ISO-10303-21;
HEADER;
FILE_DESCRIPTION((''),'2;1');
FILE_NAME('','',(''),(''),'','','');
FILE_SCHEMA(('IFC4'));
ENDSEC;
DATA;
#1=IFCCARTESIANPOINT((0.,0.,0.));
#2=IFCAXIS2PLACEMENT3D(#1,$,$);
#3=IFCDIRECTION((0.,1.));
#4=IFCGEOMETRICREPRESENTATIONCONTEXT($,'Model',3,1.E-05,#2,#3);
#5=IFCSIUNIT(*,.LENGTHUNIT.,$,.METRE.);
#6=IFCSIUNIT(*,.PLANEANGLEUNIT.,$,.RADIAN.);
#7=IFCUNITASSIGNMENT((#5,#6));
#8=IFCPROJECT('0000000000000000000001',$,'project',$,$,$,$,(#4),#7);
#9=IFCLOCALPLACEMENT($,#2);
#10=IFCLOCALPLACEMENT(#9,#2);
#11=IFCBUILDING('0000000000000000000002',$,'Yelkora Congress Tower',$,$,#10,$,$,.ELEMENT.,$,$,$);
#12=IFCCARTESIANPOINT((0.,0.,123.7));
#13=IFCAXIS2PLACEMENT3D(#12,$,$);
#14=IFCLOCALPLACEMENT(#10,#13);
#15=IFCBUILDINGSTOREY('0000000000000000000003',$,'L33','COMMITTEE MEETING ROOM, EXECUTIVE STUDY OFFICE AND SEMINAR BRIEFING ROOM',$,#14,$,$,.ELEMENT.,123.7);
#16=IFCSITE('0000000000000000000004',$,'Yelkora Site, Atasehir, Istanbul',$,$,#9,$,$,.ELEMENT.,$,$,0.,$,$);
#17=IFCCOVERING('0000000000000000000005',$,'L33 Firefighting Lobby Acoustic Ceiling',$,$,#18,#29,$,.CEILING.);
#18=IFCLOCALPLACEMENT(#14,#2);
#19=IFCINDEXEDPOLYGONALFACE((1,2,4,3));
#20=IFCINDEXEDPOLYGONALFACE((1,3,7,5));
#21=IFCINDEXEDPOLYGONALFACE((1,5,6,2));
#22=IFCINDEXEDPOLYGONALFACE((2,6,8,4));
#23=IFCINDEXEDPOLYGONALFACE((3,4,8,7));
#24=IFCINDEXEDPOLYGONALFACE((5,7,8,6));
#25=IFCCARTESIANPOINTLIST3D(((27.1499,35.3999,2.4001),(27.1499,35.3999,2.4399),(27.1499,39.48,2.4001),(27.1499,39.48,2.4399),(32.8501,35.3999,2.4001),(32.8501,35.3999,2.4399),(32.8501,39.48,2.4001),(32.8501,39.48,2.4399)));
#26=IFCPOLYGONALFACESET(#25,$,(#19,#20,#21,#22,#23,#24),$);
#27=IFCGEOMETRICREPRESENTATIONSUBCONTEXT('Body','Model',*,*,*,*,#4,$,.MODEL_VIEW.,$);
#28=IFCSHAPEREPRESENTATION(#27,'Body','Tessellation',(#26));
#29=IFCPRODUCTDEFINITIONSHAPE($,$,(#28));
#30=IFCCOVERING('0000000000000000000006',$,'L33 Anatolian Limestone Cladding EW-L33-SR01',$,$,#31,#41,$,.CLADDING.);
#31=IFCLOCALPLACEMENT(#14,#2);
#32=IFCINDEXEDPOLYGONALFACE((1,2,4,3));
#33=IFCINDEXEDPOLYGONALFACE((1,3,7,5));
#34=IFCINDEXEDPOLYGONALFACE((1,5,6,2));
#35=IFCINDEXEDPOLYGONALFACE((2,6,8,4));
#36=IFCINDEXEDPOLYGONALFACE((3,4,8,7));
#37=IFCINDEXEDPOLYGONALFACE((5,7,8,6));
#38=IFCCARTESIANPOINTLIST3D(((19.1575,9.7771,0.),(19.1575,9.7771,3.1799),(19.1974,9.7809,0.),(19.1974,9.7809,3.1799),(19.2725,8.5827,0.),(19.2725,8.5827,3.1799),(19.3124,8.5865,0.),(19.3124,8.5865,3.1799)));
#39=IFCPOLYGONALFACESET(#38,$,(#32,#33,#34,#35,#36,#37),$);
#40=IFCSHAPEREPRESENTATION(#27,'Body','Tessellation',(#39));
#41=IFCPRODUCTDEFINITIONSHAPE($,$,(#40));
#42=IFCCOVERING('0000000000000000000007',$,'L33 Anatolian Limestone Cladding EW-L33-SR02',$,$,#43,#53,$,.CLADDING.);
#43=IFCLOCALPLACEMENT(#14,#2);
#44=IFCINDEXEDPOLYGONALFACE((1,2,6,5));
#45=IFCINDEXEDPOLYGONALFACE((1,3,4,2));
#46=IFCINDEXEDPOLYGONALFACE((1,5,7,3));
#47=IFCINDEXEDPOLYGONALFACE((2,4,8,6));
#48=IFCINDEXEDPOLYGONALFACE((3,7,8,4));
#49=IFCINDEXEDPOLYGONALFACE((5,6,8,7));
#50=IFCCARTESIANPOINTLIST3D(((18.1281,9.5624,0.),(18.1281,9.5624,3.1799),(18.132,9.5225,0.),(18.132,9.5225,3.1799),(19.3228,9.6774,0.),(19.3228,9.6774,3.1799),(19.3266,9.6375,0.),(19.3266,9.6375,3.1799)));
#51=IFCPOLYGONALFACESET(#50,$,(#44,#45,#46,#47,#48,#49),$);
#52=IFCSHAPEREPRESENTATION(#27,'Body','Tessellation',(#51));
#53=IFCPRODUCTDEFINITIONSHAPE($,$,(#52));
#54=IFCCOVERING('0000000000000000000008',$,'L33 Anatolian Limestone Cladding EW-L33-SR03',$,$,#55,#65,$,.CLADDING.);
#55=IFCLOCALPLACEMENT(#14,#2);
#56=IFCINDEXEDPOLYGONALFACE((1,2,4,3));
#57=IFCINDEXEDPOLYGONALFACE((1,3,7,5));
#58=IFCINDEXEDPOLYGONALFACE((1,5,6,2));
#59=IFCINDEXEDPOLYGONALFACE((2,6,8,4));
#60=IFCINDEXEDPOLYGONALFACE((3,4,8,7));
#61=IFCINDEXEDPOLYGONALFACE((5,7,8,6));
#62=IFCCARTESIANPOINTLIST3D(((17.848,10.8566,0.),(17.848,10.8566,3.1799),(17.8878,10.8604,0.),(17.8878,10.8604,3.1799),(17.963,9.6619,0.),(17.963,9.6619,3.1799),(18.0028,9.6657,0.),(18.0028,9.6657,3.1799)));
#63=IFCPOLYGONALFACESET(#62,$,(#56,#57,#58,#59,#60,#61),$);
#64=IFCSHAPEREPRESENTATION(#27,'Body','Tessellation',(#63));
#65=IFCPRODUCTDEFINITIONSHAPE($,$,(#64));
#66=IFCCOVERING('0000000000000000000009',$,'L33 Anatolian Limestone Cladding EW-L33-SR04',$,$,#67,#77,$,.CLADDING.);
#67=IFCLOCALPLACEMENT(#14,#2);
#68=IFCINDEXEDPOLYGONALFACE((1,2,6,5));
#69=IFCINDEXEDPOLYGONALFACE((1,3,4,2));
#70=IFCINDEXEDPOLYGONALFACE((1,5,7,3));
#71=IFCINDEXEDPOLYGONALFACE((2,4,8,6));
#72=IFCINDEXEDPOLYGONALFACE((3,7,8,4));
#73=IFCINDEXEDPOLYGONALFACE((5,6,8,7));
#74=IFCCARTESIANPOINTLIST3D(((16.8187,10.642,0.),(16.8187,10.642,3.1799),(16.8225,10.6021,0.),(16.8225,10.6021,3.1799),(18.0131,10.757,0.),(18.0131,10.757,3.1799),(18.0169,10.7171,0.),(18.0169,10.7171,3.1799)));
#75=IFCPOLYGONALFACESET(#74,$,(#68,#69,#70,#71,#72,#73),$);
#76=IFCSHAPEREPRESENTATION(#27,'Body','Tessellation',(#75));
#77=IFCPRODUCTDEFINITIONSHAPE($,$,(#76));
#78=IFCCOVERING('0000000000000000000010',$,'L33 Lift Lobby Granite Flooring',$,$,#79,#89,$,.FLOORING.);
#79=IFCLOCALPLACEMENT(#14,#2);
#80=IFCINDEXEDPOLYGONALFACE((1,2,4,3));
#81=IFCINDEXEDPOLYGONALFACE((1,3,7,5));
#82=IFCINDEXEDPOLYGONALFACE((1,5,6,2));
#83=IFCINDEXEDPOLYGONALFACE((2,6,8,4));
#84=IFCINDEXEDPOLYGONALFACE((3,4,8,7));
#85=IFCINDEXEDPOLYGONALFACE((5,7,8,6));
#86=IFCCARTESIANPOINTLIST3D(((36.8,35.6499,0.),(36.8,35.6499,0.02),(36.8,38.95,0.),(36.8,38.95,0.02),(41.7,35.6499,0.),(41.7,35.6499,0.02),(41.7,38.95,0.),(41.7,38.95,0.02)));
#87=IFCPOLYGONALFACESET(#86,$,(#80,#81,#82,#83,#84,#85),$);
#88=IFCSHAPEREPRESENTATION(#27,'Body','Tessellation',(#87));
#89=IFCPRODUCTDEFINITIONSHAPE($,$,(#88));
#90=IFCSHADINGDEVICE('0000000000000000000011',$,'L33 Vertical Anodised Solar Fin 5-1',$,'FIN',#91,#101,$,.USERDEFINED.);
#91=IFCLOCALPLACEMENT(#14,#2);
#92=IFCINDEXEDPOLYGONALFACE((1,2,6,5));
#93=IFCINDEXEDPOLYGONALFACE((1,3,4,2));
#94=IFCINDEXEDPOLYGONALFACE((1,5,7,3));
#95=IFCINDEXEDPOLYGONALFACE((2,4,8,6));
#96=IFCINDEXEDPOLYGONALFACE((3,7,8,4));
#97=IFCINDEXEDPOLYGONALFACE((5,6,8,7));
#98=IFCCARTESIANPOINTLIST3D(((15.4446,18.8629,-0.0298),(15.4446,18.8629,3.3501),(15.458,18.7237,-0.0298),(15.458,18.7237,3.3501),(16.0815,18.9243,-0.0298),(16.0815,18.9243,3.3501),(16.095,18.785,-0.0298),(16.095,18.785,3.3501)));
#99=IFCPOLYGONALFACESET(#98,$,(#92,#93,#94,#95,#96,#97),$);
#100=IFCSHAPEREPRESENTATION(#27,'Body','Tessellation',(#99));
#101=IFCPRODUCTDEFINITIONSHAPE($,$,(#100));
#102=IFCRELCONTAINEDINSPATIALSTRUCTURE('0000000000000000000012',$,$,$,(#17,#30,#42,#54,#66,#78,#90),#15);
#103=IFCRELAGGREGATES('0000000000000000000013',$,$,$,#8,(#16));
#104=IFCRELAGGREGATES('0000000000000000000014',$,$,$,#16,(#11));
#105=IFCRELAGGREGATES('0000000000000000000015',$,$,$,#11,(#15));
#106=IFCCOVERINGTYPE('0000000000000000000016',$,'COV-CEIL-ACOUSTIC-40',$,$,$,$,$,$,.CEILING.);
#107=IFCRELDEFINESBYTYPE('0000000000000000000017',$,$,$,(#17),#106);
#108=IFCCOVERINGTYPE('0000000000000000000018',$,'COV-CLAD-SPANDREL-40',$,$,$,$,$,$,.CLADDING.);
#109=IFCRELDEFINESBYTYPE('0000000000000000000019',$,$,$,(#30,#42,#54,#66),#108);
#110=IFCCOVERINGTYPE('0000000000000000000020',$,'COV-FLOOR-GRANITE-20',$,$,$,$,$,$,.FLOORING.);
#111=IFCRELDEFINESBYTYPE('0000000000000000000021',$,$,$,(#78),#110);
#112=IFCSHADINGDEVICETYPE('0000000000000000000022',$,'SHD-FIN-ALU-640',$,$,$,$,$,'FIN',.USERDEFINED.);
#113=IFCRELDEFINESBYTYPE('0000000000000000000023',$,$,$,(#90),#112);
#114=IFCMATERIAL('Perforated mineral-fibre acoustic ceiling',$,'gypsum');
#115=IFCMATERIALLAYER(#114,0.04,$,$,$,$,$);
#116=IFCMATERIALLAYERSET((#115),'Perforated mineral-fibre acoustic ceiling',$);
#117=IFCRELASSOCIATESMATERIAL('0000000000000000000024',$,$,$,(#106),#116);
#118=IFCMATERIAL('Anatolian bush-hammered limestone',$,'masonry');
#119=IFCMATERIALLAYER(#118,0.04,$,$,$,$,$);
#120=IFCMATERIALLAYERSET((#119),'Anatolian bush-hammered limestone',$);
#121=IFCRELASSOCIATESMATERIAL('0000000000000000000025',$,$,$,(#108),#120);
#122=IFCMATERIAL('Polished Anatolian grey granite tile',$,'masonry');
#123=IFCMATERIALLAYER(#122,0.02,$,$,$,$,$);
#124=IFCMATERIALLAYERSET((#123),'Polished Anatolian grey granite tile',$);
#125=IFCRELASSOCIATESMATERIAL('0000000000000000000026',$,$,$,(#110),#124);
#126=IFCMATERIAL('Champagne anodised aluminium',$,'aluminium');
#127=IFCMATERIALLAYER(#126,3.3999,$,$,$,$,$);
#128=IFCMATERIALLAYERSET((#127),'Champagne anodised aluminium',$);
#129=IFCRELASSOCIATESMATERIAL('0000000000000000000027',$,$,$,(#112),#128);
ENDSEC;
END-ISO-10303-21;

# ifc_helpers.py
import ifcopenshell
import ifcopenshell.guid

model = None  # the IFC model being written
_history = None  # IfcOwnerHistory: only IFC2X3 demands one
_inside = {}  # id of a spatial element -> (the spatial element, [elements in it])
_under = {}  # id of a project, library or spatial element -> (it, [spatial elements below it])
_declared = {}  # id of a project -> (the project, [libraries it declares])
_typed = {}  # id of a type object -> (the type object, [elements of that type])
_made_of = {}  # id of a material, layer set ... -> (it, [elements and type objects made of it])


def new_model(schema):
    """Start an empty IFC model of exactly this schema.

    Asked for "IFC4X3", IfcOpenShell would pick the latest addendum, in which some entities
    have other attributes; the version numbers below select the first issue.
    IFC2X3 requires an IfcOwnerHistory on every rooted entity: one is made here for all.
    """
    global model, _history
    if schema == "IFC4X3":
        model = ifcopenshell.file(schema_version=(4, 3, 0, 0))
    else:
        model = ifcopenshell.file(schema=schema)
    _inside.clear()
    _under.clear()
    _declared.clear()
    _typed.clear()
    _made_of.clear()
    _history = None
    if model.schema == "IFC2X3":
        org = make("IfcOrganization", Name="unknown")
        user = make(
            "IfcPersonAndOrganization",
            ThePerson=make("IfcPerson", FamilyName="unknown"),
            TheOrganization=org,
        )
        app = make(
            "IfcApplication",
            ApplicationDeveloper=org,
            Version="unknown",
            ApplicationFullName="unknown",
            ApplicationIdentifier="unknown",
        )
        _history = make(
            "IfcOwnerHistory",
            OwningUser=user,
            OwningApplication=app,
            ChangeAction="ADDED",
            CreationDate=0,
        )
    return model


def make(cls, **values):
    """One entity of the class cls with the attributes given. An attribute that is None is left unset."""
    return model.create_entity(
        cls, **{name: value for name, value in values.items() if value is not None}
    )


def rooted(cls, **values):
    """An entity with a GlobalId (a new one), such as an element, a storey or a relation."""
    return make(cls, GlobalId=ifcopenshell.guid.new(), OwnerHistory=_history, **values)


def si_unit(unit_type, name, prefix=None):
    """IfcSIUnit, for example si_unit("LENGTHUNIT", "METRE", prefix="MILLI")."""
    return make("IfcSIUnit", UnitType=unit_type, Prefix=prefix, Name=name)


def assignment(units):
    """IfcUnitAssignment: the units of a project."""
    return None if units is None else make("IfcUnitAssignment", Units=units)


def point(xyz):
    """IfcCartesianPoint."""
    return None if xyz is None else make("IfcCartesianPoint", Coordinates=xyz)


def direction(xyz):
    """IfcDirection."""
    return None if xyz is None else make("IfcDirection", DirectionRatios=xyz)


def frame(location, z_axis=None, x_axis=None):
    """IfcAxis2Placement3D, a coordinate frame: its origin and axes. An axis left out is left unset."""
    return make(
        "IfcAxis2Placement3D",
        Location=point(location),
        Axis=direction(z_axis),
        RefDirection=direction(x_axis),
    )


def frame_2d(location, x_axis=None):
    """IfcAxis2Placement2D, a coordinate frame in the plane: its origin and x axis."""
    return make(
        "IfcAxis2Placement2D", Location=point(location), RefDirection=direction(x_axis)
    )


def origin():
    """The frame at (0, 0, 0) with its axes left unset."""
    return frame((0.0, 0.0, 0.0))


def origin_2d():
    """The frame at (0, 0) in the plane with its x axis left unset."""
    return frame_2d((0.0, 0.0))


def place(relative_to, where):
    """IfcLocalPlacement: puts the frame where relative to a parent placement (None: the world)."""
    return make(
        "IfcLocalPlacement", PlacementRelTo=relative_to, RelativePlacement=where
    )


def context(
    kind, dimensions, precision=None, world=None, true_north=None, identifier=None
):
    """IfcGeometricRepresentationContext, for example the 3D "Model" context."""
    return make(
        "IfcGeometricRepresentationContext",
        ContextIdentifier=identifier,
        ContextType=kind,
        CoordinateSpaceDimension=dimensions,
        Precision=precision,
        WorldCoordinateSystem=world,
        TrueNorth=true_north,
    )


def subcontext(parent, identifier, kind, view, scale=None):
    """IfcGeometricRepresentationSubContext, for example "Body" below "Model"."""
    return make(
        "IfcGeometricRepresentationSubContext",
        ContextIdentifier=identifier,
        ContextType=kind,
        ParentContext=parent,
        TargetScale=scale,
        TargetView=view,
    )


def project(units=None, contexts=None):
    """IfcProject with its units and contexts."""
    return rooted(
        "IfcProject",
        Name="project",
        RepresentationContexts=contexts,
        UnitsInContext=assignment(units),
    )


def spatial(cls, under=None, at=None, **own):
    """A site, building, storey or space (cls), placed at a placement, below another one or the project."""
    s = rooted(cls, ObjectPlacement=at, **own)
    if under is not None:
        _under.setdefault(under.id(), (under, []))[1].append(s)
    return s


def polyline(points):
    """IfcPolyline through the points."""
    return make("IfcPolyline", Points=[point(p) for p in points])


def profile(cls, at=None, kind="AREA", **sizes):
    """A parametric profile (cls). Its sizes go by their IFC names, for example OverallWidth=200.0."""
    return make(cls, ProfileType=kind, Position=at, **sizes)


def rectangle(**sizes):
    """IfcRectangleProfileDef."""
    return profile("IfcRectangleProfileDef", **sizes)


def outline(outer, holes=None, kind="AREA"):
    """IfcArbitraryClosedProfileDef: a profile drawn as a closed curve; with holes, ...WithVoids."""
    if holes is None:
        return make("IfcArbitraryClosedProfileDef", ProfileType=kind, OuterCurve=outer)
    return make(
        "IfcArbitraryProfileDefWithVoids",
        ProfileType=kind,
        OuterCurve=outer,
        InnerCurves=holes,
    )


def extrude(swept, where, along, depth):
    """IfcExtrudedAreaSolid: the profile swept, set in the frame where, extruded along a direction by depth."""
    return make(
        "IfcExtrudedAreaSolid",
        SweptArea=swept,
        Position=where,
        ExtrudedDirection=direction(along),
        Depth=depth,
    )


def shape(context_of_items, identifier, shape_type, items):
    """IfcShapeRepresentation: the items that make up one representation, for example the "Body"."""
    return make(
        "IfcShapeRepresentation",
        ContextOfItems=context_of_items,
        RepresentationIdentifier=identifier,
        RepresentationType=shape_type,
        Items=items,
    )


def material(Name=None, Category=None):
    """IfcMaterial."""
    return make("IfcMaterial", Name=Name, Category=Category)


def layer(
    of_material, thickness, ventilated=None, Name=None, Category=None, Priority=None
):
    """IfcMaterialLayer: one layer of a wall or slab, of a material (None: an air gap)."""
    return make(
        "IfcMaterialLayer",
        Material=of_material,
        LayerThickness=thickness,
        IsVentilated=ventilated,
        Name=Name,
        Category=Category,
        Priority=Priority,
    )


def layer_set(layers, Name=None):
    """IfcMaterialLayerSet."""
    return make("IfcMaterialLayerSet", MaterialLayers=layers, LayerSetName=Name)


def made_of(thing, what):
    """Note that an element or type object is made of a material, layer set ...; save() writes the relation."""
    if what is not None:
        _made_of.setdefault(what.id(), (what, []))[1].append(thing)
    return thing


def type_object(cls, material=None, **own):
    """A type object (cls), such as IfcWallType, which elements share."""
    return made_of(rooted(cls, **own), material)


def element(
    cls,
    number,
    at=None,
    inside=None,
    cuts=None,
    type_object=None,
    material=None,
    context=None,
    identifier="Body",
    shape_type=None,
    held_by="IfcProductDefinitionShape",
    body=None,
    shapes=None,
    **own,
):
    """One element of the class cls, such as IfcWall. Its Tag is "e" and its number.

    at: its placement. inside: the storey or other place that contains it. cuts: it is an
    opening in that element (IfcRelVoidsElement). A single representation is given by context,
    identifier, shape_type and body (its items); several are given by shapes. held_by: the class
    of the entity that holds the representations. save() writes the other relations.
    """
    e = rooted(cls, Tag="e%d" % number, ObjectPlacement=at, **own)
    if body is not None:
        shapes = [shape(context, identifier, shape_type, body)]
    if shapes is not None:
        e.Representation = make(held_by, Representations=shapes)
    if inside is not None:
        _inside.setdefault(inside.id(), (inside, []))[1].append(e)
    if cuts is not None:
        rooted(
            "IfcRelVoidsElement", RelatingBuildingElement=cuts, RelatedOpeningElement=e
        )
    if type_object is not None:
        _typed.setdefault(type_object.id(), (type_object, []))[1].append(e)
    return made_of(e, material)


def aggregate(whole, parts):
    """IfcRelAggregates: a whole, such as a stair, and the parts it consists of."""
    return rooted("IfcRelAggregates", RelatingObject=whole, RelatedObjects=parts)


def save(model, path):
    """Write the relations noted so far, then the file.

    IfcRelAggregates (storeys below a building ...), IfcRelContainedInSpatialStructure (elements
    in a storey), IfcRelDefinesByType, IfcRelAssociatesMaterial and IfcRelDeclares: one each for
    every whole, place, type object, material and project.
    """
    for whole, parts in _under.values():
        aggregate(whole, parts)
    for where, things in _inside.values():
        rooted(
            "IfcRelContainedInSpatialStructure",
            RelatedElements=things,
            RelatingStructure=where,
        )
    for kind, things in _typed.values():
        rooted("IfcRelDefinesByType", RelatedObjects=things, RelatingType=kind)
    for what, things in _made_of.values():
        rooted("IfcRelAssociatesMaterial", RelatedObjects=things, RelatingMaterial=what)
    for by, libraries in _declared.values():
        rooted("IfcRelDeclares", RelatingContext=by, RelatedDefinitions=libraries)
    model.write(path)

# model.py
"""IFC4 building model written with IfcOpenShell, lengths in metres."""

from ifc_helpers import new_model, si_unit, direction, frame, frame_2d, origin, origin_2d, place, context, subcontext, project, spatial, polyline, rectangle, outline, extrude, material, layer, layer_set, type_object, element, save


model = new_model("IFC4")

# Units and contexts
model_context = context("Model", 3, precision=1e-05, world=origin(), true_north=direction((0.0, 1.0)))
body_context = subcontext(model_context, "Body", "Model", "MODEL_VIEW")
ifc_project = project(units=[si_unit("LENGTHUNIT", "METRE"), si_unit("PLANEANGLEUNIT", "RADIAN")], contexts=[model_context])

# Site, building, storey
site_placement = place(None, origin())
site = spatial("IfcSite", under=ifc_project, at=site_placement, Name="Yelkora Site, Atasehir, Istanbul", CompositionType="ELEMENT", RefElevation=0.0)
building_placement = place(site_placement, origin())
building = spatial("IfcBuilding", under=site, at=building_placement, Name="Yelkora Congress Tower", CompositionType="ELEMENT")
storey_placement = place(building_placement, frame((0.0, 0.0, 123.7)))
storey = spatial("IfcBuildingStorey", under=building, at=storey_placement, Name="L33", Description="COMMITTEE MEETING ROOM, EXECUTIVE STUDY OFFICE AND SEMINAR BRIEFING ROOM", CompositionType="ELEMENT", Elevation=123.7)

# Coverings
ifc_material_1 = material(Name="Perforated mineral-fibre acoustic ceiling", Category="gypsum")
ifc_layer_1 = layer(ifc_material_1, 0.04)
ifc_layer_set_1 = layer_set([ifc_layer_1], Name="Perforated mineral-fibre acoustic ceiling")
covering_type_1 = type_object("IfcCoveringType", Name="COV-CEIL-ACOUSTIC-40", PredefinedType="CEILING", material=ifc_layer_set_1)
covering_1_placement = place(storey_placement, frame((0.0, 0.0, 2.4001)))
element("IfcCovering", 1, at=covering_1_placement, inside=storey, type_object=covering_type_1, Name="L33 Firefighting Lobby Acoustic Ceiling", PredefinedType="CEILING", context=body_context, shape_type="SweptSolid", body=[
    extrude(outline(polyline([(27.1499, 35.3999), (32.8501, 35.3999), (32.8501, 39.48), (27.1499, 39.48), (27.1499, 35.3999)])), origin(), (0.0, 0.0, 1.0), 0.0398),
])
ifc_material_2 = material(Name="Anatolian bush-hammered limestone", Category="masonry")
ifc_layer_2 = layer(ifc_material_2, 0.04)
ifc_layer_set_2 = layer_set([ifc_layer_2], Name="Anatolian bush-hammered limestone")
covering_type_2 = type_object("IfcCoveringType", Name="COV-CLAD-SPANDREL-40", PredefinedType="CLADDING", material=ifc_layer_set_2)
covering_2_placement = place(storey_placement, frame((19.2925, 8.5845, 0.0), z_axis=(0.0, 0.0, 1.0), x_axis=(-0.095836, 0.995397, 0.0)))
element("IfcCovering", 2, at=covering_2_placement, inside=storey, type_object=covering_type_2, Name="L33 Anatolian Limestone Cladding EW-L33-SR01", PredefinedType="CLADDING", context=body_context, shape_type="SweptSolid", body=[
    extrude(rectangle(XDim=1.2, YDim=0.04, at=frame_2d((0.6001, 0.0))), origin(), (0.0, 0.0, 1.0), 3.1799),
])
for number, where, z_axis, x_axis, name in (
    (3, (19.3247, 9.6575, 0.0), (0.0, 0.0, 1.0), (-0.995399, -0.095817, 0.0), "L33 Anatolian Limestone Cladding EW-L33-SR02"),
    (4, (17.9829, 9.6638, 0.0), (0.0, 0.0, 1.0), (-0.095817, 0.995399, 0.0), "L33 Anatolian Limestone Cladding EW-L33-SR03"),
):
    element("IfcCovering", number, at=place(storey_placement, frame(where, z_axis=z_axis, x_axis=x_axis)), inside=storey, type_object=covering_type_2, Name=name, PredefinedType="CLADDING", context=body_context, shape_type="SweptSolid", body=[
        extrude(rectangle(XDim=1.2002, YDim=0.04, at=frame_2d((0.6001, 0.0))), origin(), (0.0, 0.0, 1.0), 3.1799),
    ])
covering_3_placement = place(storey_placement, frame((18.0151, 10.7371, 0.0), z_axis=(0.0, 0.0, 1.0), x_axis=(-0.995397, -0.095836, 0.0)))
element("IfcCovering", 5, at=covering_3_placement, inside=storey, type_object=covering_type_2, Name="L33 Anatolian Limestone Cladding EW-L33-SR04", PredefinedType="CLADDING", context=body_context, shape_type="SweptSolid", body=[
    extrude(rectangle(XDim=1.2, YDim=0.04, at=frame_2d((0.6001, 0.0))), origin(), (0.0, 0.0, 1.0), 3.1799),
])
ifc_material_3 = material(Name="Polished Anatolian grey granite tile", Category="masonry")
ifc_layer_3 = layer(ifc_material_3, 0.02)
ifc_layer_set_3 = layer_set([ifc_layer_3], Name="Polished Anatolian grey granite tile")
covering_type_3 = type_object("IfcCoveringType", Name="COV-FLOOR-GRANITE-20", PredefinedType="FLOORING", material=ifc_layer_set_3)
covering_4_placement = place(storey_placement, origin())
element("IfcCovering", 6, at=covering_4_placement, inside=storey, type_object=covering_type_3, Name="L33 Lift Lobby Granite Flooring", PredefinedType="FLOORING", context=body_context, shape_type="SweptSolid", body=[
    extrude(outline(polyline([(36.8, 35.6499), (41.7, 35.6499), (41.7, 38.95), (36.8, 38.95), (36.8, 35.6499)])), origin(), (0.0, 0.0, 1.0), 0.02),
])

# Shading device
ifc_material_4 = material(Name="Champagne anodised aluminium", Category="aluminium")
ifc_layer_4 = layer(ifc_material_4, 3.3999)
ifc_layer_set_4 = layer_set([ifc_layer_4], Name="Champagne anodised aluminium")
shading_device_type = type_object("IfcShadingDeviceType", Name="SHD-FIN-ALU-640", ElementType="FIN", PredefinedType="USERDEFINED", material=ifc_layer_set_4)
shading_device_placement = place(storey_placement, frame((15.7698, 18.824, -0.0298), z_axis=(0.0, 0.0, 1.0), x_axis=(-0.095846, 0.995396, 0.0)))
element("IfcShadingDevice", 7, at=shading_device_placement, inside=storey, type_object=shading_device_type, Name="L33 Vertical Anodised Solar Fin 5-1", ObjectType="FIN", PredefinedType="USERDEFINED", context=body_context, shape_type="SweptSolid", body=[
    extrude(rectangle(XDim=0.1399, YDim=0.6399, at=origin_2d()), origin(), (0.0, 0.0, 1.0), 3.3799),
])

save(model, "model.ifc")
